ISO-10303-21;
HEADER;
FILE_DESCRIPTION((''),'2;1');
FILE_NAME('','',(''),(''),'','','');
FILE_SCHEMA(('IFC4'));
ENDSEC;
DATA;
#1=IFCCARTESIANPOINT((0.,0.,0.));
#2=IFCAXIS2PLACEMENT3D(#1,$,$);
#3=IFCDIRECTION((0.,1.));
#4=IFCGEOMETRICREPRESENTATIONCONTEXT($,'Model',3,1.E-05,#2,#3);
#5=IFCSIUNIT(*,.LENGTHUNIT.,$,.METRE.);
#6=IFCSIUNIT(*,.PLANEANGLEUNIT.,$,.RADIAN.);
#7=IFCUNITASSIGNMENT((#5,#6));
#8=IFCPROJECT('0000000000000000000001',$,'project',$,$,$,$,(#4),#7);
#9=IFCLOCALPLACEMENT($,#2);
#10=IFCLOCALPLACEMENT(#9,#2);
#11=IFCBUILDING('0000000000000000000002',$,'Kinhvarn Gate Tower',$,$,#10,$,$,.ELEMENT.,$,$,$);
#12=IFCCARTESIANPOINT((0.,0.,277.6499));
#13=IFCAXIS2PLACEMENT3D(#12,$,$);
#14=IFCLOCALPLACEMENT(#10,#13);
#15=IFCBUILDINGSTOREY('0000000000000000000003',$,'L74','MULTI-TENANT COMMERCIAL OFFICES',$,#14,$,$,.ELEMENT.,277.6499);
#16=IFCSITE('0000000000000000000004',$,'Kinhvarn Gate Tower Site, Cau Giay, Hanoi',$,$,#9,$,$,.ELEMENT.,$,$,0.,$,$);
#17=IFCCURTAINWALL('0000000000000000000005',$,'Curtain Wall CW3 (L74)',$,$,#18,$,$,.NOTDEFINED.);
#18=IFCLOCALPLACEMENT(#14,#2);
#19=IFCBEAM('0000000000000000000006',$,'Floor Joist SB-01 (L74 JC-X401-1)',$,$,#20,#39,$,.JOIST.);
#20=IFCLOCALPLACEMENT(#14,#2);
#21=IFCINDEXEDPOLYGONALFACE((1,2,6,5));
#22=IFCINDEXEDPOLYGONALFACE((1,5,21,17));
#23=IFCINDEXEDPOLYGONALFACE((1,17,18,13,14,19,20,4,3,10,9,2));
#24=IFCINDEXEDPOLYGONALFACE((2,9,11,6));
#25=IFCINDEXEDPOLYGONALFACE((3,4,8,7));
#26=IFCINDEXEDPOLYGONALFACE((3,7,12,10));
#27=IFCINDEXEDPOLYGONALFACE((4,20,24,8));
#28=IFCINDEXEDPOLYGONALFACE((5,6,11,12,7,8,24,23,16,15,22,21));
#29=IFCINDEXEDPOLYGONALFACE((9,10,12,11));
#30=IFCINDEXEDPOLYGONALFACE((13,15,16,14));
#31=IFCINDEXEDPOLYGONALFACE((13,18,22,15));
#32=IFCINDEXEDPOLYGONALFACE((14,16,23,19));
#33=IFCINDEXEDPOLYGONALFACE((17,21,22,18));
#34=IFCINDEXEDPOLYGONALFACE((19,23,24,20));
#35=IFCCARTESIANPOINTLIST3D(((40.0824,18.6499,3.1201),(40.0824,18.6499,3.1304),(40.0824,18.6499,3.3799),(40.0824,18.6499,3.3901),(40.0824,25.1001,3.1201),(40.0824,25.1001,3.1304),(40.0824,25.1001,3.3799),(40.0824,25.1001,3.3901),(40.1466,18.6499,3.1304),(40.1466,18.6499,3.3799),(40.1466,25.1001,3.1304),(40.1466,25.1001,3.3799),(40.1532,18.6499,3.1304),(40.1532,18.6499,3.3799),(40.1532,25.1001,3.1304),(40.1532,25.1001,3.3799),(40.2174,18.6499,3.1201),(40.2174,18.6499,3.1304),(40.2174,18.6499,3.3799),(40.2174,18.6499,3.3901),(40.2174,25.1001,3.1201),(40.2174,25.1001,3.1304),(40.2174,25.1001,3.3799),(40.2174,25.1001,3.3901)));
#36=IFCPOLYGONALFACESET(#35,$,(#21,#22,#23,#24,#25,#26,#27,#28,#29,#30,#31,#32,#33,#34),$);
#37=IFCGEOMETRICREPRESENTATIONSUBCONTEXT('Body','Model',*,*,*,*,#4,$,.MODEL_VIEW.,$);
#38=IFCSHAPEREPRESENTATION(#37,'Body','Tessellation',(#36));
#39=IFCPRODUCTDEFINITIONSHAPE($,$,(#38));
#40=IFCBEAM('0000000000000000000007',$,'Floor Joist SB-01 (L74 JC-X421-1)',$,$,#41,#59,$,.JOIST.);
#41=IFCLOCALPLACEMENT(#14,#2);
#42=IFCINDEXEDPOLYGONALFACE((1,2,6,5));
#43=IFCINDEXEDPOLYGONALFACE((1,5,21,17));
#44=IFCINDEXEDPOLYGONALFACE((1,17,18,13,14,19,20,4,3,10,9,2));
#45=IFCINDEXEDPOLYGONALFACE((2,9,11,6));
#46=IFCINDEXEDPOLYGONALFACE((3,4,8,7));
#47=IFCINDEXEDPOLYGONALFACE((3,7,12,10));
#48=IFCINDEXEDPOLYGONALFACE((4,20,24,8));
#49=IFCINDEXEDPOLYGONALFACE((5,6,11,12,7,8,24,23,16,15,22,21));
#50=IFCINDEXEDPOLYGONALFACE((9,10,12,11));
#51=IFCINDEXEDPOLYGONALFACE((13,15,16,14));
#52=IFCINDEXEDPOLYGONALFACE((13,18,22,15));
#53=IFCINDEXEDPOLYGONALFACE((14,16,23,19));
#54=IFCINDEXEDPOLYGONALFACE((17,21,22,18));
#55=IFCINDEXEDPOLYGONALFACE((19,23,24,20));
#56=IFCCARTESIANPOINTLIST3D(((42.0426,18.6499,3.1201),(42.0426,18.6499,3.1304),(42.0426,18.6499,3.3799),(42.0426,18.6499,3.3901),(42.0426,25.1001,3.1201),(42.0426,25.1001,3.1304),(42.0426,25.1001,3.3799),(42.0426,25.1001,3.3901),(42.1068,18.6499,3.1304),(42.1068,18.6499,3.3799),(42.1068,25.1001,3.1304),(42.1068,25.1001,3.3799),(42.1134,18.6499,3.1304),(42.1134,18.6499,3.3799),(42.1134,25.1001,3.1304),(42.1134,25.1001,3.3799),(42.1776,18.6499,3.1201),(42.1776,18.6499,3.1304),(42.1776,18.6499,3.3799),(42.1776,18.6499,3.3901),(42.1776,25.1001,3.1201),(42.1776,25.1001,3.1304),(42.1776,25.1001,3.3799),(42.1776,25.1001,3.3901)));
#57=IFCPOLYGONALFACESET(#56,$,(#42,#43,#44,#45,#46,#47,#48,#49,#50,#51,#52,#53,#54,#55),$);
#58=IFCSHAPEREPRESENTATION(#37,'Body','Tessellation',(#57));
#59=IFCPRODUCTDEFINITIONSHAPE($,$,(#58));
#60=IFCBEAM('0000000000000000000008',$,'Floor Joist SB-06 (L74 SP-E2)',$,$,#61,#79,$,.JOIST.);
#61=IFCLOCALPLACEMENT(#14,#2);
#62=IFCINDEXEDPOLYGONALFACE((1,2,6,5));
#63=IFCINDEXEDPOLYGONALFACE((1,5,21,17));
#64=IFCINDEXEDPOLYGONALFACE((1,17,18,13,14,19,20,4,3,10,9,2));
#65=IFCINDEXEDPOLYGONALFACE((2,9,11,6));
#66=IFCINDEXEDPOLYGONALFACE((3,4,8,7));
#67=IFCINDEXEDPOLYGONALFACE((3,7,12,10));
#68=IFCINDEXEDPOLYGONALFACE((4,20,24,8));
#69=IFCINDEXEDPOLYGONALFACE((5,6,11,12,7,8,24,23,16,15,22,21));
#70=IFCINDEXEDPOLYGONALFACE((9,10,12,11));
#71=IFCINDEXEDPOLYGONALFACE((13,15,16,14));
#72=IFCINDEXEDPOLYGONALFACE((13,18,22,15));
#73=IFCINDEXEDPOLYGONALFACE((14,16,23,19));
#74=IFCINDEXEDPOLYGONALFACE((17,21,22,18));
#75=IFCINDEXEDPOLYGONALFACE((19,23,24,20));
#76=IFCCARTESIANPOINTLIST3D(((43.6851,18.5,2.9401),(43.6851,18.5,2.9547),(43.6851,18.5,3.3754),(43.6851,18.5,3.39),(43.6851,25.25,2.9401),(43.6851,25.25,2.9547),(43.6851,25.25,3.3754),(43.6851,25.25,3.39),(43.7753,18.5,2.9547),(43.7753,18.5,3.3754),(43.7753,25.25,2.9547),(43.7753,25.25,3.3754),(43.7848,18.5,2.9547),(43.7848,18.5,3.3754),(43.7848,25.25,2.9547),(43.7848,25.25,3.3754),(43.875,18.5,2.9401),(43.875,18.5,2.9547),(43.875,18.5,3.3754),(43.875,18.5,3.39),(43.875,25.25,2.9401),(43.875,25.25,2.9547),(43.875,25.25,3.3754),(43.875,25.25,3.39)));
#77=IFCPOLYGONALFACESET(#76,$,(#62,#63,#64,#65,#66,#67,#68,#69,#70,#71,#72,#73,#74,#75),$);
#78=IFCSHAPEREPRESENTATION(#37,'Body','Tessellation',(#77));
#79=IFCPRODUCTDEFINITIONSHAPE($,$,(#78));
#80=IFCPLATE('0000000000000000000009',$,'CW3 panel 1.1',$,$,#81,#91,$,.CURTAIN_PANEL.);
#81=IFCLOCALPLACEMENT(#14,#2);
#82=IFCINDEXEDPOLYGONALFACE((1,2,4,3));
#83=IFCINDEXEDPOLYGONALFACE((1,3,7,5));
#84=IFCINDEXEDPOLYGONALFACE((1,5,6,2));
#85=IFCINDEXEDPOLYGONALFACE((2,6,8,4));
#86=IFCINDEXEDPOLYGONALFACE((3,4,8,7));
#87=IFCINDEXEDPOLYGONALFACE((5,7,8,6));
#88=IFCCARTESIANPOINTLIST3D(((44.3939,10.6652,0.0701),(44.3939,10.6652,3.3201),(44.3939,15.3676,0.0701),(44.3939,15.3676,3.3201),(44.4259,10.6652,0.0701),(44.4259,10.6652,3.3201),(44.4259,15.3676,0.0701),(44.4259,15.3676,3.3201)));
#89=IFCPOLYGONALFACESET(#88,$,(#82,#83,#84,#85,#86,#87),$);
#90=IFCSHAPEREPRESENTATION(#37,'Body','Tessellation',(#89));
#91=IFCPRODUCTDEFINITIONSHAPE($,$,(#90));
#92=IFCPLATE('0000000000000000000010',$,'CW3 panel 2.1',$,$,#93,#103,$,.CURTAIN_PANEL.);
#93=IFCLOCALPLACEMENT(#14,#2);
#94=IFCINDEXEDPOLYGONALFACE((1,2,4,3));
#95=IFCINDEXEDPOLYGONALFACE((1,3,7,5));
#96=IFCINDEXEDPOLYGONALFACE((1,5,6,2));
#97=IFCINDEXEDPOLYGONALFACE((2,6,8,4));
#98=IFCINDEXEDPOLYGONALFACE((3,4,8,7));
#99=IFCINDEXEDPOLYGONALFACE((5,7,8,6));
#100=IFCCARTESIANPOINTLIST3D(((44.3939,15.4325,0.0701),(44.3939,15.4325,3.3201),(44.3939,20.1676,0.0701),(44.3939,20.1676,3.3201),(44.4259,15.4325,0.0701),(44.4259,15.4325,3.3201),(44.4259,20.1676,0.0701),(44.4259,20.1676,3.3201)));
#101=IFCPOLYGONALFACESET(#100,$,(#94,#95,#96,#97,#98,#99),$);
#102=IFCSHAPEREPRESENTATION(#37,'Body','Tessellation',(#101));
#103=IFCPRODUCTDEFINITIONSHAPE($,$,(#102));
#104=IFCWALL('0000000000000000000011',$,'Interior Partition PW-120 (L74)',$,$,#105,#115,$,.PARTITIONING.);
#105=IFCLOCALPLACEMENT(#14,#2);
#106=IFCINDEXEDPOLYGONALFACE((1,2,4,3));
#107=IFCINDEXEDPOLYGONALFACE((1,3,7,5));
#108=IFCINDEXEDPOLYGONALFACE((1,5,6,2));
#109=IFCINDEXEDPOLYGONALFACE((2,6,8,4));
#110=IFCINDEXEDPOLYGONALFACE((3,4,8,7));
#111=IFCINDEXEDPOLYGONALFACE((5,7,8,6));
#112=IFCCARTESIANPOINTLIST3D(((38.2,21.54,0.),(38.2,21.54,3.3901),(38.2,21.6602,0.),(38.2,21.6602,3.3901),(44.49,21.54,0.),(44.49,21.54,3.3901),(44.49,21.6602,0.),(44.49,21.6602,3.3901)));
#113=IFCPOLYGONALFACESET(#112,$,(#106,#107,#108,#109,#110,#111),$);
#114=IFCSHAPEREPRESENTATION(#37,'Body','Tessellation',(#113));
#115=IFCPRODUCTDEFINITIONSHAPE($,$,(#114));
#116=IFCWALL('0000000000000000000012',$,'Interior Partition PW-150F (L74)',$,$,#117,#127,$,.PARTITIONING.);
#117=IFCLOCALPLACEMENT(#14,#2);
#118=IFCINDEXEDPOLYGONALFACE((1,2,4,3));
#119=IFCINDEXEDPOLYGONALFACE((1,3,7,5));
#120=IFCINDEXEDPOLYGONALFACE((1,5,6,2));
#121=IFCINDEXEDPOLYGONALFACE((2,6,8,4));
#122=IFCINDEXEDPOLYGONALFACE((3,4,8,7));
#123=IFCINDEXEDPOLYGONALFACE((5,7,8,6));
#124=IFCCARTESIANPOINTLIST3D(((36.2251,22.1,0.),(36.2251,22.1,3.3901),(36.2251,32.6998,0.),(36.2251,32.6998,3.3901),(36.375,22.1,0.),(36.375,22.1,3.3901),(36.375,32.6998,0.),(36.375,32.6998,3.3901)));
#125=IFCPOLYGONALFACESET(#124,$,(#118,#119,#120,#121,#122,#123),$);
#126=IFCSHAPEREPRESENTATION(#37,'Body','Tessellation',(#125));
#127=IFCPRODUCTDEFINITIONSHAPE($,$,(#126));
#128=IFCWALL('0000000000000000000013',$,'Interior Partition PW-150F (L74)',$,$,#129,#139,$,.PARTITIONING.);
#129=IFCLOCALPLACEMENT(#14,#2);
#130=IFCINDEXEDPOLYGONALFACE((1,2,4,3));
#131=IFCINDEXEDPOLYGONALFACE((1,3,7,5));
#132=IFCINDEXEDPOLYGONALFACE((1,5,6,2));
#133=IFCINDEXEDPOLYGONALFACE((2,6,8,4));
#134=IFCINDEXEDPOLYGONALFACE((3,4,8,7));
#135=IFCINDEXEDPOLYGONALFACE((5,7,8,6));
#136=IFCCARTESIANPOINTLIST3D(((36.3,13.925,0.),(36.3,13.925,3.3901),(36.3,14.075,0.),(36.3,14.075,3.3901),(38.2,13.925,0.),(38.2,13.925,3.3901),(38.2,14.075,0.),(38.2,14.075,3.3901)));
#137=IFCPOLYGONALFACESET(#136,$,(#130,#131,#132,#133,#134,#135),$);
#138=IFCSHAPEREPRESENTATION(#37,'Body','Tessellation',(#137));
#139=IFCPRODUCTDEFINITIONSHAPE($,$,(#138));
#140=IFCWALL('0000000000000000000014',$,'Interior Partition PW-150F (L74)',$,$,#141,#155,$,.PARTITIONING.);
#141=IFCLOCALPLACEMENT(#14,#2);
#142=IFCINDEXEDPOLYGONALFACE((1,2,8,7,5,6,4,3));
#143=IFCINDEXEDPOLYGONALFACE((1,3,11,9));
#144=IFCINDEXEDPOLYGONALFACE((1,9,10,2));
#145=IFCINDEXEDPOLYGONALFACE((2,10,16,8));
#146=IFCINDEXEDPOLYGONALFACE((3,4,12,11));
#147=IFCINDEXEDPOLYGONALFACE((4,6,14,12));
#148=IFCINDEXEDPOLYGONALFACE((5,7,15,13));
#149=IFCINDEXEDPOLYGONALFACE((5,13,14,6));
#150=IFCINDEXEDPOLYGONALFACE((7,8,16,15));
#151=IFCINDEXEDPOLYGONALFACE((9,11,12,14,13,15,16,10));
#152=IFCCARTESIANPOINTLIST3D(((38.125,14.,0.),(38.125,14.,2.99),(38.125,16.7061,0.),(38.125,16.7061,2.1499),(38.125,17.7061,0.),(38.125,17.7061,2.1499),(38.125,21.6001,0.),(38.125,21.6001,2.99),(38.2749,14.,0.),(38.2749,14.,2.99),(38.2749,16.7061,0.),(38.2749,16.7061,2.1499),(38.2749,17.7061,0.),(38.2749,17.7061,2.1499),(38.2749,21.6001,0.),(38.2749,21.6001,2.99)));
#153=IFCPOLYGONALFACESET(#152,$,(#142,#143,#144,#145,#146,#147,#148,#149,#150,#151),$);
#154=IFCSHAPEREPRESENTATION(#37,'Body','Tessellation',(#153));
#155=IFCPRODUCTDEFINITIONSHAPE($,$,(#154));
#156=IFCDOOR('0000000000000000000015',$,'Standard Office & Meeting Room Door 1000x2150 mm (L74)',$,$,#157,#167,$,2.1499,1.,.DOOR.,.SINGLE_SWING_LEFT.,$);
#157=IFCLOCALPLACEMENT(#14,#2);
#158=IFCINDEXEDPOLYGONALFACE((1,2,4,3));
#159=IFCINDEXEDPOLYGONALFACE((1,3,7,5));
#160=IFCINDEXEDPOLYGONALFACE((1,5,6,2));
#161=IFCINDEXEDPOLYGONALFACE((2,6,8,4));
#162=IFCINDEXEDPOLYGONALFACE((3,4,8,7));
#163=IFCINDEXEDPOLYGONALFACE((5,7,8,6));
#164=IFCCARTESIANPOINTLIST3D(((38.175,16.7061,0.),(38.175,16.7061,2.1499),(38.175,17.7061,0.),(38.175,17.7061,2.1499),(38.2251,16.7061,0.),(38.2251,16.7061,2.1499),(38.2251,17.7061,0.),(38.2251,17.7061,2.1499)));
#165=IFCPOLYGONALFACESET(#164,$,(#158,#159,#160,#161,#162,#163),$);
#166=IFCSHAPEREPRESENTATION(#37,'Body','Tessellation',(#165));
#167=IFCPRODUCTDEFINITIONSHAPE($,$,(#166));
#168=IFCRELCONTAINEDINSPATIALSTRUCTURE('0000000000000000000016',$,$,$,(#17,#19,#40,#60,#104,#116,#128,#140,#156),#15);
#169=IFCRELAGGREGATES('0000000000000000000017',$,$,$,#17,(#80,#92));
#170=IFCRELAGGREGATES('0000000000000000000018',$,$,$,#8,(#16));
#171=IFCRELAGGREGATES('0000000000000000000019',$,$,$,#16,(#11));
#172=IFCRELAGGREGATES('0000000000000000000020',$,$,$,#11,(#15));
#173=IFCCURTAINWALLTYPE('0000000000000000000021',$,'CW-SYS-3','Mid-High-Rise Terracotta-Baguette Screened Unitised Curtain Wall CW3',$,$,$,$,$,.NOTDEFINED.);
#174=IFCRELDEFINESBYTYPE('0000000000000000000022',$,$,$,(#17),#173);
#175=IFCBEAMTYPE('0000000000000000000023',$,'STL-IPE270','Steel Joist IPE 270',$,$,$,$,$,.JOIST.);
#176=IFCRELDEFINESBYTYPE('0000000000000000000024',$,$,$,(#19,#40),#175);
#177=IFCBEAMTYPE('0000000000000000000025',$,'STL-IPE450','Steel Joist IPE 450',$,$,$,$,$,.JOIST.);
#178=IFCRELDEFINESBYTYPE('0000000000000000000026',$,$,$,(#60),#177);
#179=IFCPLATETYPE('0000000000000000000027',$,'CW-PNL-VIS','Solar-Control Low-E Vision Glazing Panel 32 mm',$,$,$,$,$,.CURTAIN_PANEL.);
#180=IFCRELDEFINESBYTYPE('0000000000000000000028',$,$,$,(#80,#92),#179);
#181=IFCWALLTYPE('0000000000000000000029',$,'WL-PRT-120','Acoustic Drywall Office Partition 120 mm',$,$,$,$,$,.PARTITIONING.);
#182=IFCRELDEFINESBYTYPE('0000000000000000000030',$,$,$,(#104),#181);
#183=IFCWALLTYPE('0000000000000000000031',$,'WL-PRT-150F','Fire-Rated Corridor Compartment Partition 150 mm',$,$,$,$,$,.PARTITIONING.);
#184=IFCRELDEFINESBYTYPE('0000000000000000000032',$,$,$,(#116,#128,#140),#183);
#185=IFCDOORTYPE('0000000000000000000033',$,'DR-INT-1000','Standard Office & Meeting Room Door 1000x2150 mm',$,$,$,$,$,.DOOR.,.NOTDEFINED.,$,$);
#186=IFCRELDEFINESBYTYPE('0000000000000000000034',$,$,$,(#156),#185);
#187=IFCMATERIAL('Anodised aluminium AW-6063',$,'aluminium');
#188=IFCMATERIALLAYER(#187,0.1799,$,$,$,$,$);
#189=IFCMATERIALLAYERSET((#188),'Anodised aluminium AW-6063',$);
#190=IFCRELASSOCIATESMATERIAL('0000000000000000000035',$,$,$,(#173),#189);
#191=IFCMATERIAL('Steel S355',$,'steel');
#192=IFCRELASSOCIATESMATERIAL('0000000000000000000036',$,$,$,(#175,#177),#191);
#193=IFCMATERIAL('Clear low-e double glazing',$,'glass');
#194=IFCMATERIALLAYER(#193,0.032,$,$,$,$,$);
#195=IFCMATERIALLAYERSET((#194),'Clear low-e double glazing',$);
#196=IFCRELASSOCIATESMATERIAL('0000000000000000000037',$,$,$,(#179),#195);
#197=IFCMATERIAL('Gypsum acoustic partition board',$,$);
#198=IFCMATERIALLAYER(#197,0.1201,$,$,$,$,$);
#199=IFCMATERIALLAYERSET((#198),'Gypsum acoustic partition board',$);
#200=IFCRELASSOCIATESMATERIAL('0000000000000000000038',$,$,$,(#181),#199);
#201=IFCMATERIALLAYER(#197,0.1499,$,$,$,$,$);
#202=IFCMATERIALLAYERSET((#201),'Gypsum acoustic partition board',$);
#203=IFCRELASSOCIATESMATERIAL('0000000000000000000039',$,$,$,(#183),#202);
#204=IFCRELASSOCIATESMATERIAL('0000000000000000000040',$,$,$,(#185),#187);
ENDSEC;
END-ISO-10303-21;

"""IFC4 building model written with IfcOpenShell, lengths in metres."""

from ifc_helpers import new_model, si_unit, direction, frame, frame_2d, origin, origin_2d, place, context, subcontext, project, spatial, rectangle, i_section, extrude, material, layer, layer_set, material_profile, profile_set, type_object, element, fill, aggregate, save


model = new_model("IFC4")

# Units and contexts
model_context = context("Model", 3, precision=1e-05, world=origin(), true_north=direction((0.0, 1.0)))
body_context = subcontext(model_context, "Body", "Model", "MODEL_VIEW")
ifc_project = project(units=[si_unit("LENGTHUNIT", "METRE"), si_unit("PLANEANGLEUNIT", "RADIAN")], contexts=[model_context])

# Site, building, storey
site_placement = place(None, origin())
site = spatial("IfcSite", under=ifc_project, at=site_placement, Name="Kinhvarn Gate Tower Site, Cau Giay, Hanoi", CompositionType="ELEMENT", RefElevation=0.0)
building_placement = place(site_placement, origin())
building = spatial("IfcBuilding", under=site, at=building_placement, Name="Kinhvarn Gate Tower", CompositionType="ELEMENT")
storey_placement = place(building_placement, frame((0.0, 0.0, 277.6499)))
storey = spatial("IfcBuildingStorey", under=building, at=storey_placement, Name="L74", Description="MULTI-TENANT COMMERCIAL OFFICES", CompositionType="ELEMENT", Elevation=277.6499)

# Curtain wall
ifc_material_1 = material(Name="Anodised aluminium AW-6063", Category="aluminium")
ifc_layer_1 = layer(ifc_material_1, 0.1799)
ifc_layer_set_1 = layer_set([ifc_layer_1], Name="Anodised aluminium AW-6063")
curtain_wall_type = type_object("IfcCurtainWallType", Name="CW-SYS-3", Description="Mid-High-Rise Terracotta-Baguette Screened Unitised Curtain Wall CW3", PredefinedType="NOTDEFINED", material=ifc_layer_set_1)
curtain_wall_placement = place(storey_placement, origin())
curtain_wall = element("IfcCurtainWall", 1, at=curtain_wall_placement, inside=storey, type_object=curtain_wall_type, Name="Curtain Wall CW3 (L74)", PredefinedType="NOTDEFINED")

# Beams
ifc_material_2 = material(Name="Steel S355", Category="steel")
ifc_material_profile_1 = material_profile(ifc_material_2, i_section(OverallWidth=0.135, OverallDepth=0.27, WebThickness=0.0066, FlangeThickness=0.0103, at=origin_2d()), Name="IPE 270")
ifc_profile_set_1 = profile_set([ifc_material_profile_1], Name="Steel S355")
beam_type_1 = type_object("IfcBeamType", Name="STL-IPE270", Description="Steel Joist IPE 270", PredefinedType="JOIST", material=ifc_profile_set_1)
for number, where, z_axis, x_axis, name in (
    (2, (40.1499, 18.6499, 3.2551), (0.0, 1.0, 0.0), (-1.0, 0.0, 0.0), "Floor Joist SB-01 (L74 JC-X401-1)"),
    (3, (42.1101, 18.6499, 3.2551), (0.0, 1.0, 0.0), (-1.0, 0.0, 0.0), "Floor Joist SB-01 (L74 JC-X421-1)"),
):
    element("IfcBeam", number, at=place(storey_placement, frame(where, z_axis=z_axis, x_axis=x_axis)), inside=storey, type_object=beam_type_1, Name=name, PredefinedType="JOIST", context=body_context, shape_type="SweptSolid", body=[
        extrude(i_section(OverallWidth=0.135, OverallDepth=0.27, WebThickness=0.0066, FlangeThickness=0.0103, at=origin_2d()), origin(), (0.0, 0.0, 1.0), 6.4502),
    ])
ifc_material_profile_2 = material_profile(ifc_material_2, i_section(OverallWidth=0.1899, OverallDepth=0.45, WebThickness=0.0095, FlangeThickness=0.0146, at=origin_2d()), Name="IPE 450")
ifc_profile_set_2 = profile_set([ifc_material_profile_2], Name="Steel S355")
beam_type_2 = type_object("IfcBeamType", Name="STL-IPE450", Description="Steel Joist IPE 450", PredefinedType="JOIST", material=ifc_profile_set_2)
beam_1_placement = place(storey_placement, frame((43.78, 18.5, 3.165), z_axis=(0.0, 1.0, 0.0), x_axis=(-1.0, 0.0, 0.0)))
element("IfcBeam", 4, at=beam_1_placement, inside=storey, type_object=beam_type_2, Name="Floor Joist SB-06 (L74 SP-E2)", PredefinedType="JOIST", context=body_context, shape_type="SweptSolid", body=[
    extrude(i_section(OverallWidth=0.1899, OverallDepth=0.45, WebThickness=0.0095, FlangeThickness=0.0146, at=origin_2d()), origin(), (0.0, 0.0, 1.0), 6.75),
])

# Plates
ifc_material_3 = material(Name="Clear low-e double glazing", Category="glass")
ifc_layer_2 = layer(ifc_material_3, 0.032)
ifc_layer_set_2 = layer_set([ifc_layer_2], Name="Clear low-e double glazing")
plate_type = type_object("IfcPlateType", Name="CW-PNL-VIS", Description="Solar-Control Low-E Vision Glazing Panel 32 mm", PredefinedType="CURTAIN_PANEL", material=ifc_layer_set_2)
plate_1_placement = place(storey_placement, frame((44.4099, 13.0164, 0.0701), z_axis=(0.0, 0.0, 1.0), x_axis=(0.0, 1.0, 0.0)))
plate_1 = element("IfcPlate", 5, at=plate_1_placement, type_object=plate_type, Name="CW3 panel 1.1", PredefinedType="CURTAIN_PANEL", context=body_context, shape_type="SweptSolid", body=[
    extrude(rectangle(XDim=4.7024, YDim=0.032, at=origin_2d()), origin(), (0.0, 0.0, 1.0), 3.25),
])
plate_2_placement = place(storey_placement, frame((44.4099, 17.8, 0.0701), z_axis=(0.0, 0.0, 1.0), x_axis=(0.0, 1.0, 0.0)))
plate_2 = element("IfcPlate", 6, at=plate_2_placement, type_object=plate_type, Name="CW3 panel 2.1", PredefinedType="CURTAIN_PANEL", context=body_context, shape_type="SweptSolid", body=[
    extrude(rectangle(XDim=4.7351, YDim=0.032, at=origin_2d()), origin(), (0.0, 0.0, 1.0), 3.25),
])
aggregate(curtain_wall, [plate_1, plate_2])

# Wall
ifc_material_4 = material(Name="Gypsum acoustic partition board")
ifc_layer_3 = layer(ifc_material_4, 0.1201)
ifc_layer_set_3 = layer_set([ifc_layer_3], Name="Gypsum acoustic partition board")
wall_type_1 = type_object("IfcWallType", Name="WL-PRT-120", Description="Acoustic Drywall Office Partition 120 mm", PredefinedType="PARTITIONING", material=ifc_layer_set_3)
wall_1_placement = place(storey_placement, frame((38.2, 21.6001, 0.0), z_axis=(0.0, 0.0, 1.0), x_axis=(1.0, 0.0, 0.0)))
element("IfcWall", 7, at=wall_1_placement, inside=storey, type_object=wall_type_1, Name="Interior Partition PW-120 (L74)", PredefinedType="PARTITIONING", context=body_context, shape_type="SweptSolid", body=[
    extrude(rectangle(XDim=6.29, YDim=0.1201, at=frame_2d((3.145, 0.0))), origin(), (0.0, 0.0, 1.0), 3.3901),
])

# Shared definitions
ifc_layer_4 = layer(ifc_material_4, 0.1499)
ifc_layer_set_4 = layer_set([ifc_layer_4], Name="Gypsum acoustic partition board")
wall_type_2 = type_object("IfcWallType", Name="WL-PRT-150F", Description="Fire-Rated Corridor Compartment Partition 150 mm", PredefinedType="PARTITIONING", material=ifc_layer_set_4)
door_type = type_object("IfcDoorType", Name="DR-INT-1000", Description="Standard Office & Meeting Room Door 1000x2150 mm", OperationType="NOTDEFINED", PredefinedType="DOOR", material=ifc_material_1)

# Walls
wall_2_placement = place(storey_placement, frame((36.3, 22.1001, 0.0), z_axis=(0.0, 0.0, 1.0), x_axis=(0.0, 1.0, 0.0)))
element("IfcWall", 8, at=wall_2_placement, inside=storey, type_object=wall_type_2, Name="Interior Partition PW-150F (L74)", PredefinedType="PARTITIONING", context=body_context, shape_type="SweptSolid", body=[
    extrude(rectangle(XDim=10.5999, YDim=0.1499, at=frame_2d((5.2998, 0.0))), origin(), (0.0, 0.0, 1.0), 3.3901),
])
wall_3_placement = place(storey_placement, frame((36.3, 14.0, 0.0), z_axis=(0.0, 0.0, 1.0), x_axis=(1.0, 0.0, 0.0)))
element("IfcWall", 9, at=wall_3_placement, inside=storey, type_object=wall_type_2, Name="Interior Partition PW-150F (L74)", PredefinedType="PARTITIONING", context=body_context, shape_type="SweptSolid", body=[
    extrude(rectangle(XDim=1.8999, YDim=0.1499, at=frame_2d((0.95, 0.0))), origin(), (0.0, 0.0, 1.0), 3.3901),
])

# Wall, opening, door
wall_4_placement = place(storey_placement, frame((38.2, 14.0, 0.0), z_axis=(0.0, 0.0, 1.0), x_axis=(0.0, 1.0, 0.0)))
wall_4 = element("IfcWall", 10, at=wall_4_placement, inside=storey, type_object=wall_type_2, Name="Interior Partition PW-150F (L74)", PredefinedType="PARTITIONING", context=body_context, shape_type="SweptSolid", body=[
    extrude(rectangle(XDim=7.6001, YDim=0.1499, at=frame_2d((3.8, 0.0))), origin(), (0.0, 0.0, 1.0), 2.99),
])
opening_1_placement = place(wall_4_placement, frame((2.7061, 0.0, 0.0)))
opening_1 = element("IfcOpeningElement", 11, at=opening_1_placement, cuts=wall_4, PredefinedType="OPENING", context=body_context, shape_type="SweptSolid", body=[
    extrude(rectangle(XDim=1.0, YDim=2.1499, at=frame_2d((0.5, 1.075))), frame((0.0, 0.085, 0.0), z_axis=(0.0, -1.0, 0.0), x_axis=(1.0, 0.0, 0.0)), (0.0, 0.0, 1.0), 0.1699),
])
door_1_placement = place(opening_1_placement, origin())
door_1 = element("IfcDoor", 12, at=door_1_placement, inside=storey, type_object=door_type, Name="Standard Office & Meeting Room Door 1000x2150 mm (L74)", OperationType="SINGLE_SWING_LEFT", OverallHeight=2.1499, OverallWidth=1.0, PredefinedType="DOOR", context=body_context, shape_type="SweptSolid", body=[
    extrude(rectangle(XDim=1.0, YDim=2.1499, at=frame_2d((0.5, 1.075))), frame((0.0, 0.0249, 0.0), z_axis=(0.0, -1.0, 0.0), x_axis=(1.0, 0.0, 0.0)), (0.0, 0.0, 1.0), 0.05),
])
fill(opening_1, door_1)

save(model, "model.ifc")
